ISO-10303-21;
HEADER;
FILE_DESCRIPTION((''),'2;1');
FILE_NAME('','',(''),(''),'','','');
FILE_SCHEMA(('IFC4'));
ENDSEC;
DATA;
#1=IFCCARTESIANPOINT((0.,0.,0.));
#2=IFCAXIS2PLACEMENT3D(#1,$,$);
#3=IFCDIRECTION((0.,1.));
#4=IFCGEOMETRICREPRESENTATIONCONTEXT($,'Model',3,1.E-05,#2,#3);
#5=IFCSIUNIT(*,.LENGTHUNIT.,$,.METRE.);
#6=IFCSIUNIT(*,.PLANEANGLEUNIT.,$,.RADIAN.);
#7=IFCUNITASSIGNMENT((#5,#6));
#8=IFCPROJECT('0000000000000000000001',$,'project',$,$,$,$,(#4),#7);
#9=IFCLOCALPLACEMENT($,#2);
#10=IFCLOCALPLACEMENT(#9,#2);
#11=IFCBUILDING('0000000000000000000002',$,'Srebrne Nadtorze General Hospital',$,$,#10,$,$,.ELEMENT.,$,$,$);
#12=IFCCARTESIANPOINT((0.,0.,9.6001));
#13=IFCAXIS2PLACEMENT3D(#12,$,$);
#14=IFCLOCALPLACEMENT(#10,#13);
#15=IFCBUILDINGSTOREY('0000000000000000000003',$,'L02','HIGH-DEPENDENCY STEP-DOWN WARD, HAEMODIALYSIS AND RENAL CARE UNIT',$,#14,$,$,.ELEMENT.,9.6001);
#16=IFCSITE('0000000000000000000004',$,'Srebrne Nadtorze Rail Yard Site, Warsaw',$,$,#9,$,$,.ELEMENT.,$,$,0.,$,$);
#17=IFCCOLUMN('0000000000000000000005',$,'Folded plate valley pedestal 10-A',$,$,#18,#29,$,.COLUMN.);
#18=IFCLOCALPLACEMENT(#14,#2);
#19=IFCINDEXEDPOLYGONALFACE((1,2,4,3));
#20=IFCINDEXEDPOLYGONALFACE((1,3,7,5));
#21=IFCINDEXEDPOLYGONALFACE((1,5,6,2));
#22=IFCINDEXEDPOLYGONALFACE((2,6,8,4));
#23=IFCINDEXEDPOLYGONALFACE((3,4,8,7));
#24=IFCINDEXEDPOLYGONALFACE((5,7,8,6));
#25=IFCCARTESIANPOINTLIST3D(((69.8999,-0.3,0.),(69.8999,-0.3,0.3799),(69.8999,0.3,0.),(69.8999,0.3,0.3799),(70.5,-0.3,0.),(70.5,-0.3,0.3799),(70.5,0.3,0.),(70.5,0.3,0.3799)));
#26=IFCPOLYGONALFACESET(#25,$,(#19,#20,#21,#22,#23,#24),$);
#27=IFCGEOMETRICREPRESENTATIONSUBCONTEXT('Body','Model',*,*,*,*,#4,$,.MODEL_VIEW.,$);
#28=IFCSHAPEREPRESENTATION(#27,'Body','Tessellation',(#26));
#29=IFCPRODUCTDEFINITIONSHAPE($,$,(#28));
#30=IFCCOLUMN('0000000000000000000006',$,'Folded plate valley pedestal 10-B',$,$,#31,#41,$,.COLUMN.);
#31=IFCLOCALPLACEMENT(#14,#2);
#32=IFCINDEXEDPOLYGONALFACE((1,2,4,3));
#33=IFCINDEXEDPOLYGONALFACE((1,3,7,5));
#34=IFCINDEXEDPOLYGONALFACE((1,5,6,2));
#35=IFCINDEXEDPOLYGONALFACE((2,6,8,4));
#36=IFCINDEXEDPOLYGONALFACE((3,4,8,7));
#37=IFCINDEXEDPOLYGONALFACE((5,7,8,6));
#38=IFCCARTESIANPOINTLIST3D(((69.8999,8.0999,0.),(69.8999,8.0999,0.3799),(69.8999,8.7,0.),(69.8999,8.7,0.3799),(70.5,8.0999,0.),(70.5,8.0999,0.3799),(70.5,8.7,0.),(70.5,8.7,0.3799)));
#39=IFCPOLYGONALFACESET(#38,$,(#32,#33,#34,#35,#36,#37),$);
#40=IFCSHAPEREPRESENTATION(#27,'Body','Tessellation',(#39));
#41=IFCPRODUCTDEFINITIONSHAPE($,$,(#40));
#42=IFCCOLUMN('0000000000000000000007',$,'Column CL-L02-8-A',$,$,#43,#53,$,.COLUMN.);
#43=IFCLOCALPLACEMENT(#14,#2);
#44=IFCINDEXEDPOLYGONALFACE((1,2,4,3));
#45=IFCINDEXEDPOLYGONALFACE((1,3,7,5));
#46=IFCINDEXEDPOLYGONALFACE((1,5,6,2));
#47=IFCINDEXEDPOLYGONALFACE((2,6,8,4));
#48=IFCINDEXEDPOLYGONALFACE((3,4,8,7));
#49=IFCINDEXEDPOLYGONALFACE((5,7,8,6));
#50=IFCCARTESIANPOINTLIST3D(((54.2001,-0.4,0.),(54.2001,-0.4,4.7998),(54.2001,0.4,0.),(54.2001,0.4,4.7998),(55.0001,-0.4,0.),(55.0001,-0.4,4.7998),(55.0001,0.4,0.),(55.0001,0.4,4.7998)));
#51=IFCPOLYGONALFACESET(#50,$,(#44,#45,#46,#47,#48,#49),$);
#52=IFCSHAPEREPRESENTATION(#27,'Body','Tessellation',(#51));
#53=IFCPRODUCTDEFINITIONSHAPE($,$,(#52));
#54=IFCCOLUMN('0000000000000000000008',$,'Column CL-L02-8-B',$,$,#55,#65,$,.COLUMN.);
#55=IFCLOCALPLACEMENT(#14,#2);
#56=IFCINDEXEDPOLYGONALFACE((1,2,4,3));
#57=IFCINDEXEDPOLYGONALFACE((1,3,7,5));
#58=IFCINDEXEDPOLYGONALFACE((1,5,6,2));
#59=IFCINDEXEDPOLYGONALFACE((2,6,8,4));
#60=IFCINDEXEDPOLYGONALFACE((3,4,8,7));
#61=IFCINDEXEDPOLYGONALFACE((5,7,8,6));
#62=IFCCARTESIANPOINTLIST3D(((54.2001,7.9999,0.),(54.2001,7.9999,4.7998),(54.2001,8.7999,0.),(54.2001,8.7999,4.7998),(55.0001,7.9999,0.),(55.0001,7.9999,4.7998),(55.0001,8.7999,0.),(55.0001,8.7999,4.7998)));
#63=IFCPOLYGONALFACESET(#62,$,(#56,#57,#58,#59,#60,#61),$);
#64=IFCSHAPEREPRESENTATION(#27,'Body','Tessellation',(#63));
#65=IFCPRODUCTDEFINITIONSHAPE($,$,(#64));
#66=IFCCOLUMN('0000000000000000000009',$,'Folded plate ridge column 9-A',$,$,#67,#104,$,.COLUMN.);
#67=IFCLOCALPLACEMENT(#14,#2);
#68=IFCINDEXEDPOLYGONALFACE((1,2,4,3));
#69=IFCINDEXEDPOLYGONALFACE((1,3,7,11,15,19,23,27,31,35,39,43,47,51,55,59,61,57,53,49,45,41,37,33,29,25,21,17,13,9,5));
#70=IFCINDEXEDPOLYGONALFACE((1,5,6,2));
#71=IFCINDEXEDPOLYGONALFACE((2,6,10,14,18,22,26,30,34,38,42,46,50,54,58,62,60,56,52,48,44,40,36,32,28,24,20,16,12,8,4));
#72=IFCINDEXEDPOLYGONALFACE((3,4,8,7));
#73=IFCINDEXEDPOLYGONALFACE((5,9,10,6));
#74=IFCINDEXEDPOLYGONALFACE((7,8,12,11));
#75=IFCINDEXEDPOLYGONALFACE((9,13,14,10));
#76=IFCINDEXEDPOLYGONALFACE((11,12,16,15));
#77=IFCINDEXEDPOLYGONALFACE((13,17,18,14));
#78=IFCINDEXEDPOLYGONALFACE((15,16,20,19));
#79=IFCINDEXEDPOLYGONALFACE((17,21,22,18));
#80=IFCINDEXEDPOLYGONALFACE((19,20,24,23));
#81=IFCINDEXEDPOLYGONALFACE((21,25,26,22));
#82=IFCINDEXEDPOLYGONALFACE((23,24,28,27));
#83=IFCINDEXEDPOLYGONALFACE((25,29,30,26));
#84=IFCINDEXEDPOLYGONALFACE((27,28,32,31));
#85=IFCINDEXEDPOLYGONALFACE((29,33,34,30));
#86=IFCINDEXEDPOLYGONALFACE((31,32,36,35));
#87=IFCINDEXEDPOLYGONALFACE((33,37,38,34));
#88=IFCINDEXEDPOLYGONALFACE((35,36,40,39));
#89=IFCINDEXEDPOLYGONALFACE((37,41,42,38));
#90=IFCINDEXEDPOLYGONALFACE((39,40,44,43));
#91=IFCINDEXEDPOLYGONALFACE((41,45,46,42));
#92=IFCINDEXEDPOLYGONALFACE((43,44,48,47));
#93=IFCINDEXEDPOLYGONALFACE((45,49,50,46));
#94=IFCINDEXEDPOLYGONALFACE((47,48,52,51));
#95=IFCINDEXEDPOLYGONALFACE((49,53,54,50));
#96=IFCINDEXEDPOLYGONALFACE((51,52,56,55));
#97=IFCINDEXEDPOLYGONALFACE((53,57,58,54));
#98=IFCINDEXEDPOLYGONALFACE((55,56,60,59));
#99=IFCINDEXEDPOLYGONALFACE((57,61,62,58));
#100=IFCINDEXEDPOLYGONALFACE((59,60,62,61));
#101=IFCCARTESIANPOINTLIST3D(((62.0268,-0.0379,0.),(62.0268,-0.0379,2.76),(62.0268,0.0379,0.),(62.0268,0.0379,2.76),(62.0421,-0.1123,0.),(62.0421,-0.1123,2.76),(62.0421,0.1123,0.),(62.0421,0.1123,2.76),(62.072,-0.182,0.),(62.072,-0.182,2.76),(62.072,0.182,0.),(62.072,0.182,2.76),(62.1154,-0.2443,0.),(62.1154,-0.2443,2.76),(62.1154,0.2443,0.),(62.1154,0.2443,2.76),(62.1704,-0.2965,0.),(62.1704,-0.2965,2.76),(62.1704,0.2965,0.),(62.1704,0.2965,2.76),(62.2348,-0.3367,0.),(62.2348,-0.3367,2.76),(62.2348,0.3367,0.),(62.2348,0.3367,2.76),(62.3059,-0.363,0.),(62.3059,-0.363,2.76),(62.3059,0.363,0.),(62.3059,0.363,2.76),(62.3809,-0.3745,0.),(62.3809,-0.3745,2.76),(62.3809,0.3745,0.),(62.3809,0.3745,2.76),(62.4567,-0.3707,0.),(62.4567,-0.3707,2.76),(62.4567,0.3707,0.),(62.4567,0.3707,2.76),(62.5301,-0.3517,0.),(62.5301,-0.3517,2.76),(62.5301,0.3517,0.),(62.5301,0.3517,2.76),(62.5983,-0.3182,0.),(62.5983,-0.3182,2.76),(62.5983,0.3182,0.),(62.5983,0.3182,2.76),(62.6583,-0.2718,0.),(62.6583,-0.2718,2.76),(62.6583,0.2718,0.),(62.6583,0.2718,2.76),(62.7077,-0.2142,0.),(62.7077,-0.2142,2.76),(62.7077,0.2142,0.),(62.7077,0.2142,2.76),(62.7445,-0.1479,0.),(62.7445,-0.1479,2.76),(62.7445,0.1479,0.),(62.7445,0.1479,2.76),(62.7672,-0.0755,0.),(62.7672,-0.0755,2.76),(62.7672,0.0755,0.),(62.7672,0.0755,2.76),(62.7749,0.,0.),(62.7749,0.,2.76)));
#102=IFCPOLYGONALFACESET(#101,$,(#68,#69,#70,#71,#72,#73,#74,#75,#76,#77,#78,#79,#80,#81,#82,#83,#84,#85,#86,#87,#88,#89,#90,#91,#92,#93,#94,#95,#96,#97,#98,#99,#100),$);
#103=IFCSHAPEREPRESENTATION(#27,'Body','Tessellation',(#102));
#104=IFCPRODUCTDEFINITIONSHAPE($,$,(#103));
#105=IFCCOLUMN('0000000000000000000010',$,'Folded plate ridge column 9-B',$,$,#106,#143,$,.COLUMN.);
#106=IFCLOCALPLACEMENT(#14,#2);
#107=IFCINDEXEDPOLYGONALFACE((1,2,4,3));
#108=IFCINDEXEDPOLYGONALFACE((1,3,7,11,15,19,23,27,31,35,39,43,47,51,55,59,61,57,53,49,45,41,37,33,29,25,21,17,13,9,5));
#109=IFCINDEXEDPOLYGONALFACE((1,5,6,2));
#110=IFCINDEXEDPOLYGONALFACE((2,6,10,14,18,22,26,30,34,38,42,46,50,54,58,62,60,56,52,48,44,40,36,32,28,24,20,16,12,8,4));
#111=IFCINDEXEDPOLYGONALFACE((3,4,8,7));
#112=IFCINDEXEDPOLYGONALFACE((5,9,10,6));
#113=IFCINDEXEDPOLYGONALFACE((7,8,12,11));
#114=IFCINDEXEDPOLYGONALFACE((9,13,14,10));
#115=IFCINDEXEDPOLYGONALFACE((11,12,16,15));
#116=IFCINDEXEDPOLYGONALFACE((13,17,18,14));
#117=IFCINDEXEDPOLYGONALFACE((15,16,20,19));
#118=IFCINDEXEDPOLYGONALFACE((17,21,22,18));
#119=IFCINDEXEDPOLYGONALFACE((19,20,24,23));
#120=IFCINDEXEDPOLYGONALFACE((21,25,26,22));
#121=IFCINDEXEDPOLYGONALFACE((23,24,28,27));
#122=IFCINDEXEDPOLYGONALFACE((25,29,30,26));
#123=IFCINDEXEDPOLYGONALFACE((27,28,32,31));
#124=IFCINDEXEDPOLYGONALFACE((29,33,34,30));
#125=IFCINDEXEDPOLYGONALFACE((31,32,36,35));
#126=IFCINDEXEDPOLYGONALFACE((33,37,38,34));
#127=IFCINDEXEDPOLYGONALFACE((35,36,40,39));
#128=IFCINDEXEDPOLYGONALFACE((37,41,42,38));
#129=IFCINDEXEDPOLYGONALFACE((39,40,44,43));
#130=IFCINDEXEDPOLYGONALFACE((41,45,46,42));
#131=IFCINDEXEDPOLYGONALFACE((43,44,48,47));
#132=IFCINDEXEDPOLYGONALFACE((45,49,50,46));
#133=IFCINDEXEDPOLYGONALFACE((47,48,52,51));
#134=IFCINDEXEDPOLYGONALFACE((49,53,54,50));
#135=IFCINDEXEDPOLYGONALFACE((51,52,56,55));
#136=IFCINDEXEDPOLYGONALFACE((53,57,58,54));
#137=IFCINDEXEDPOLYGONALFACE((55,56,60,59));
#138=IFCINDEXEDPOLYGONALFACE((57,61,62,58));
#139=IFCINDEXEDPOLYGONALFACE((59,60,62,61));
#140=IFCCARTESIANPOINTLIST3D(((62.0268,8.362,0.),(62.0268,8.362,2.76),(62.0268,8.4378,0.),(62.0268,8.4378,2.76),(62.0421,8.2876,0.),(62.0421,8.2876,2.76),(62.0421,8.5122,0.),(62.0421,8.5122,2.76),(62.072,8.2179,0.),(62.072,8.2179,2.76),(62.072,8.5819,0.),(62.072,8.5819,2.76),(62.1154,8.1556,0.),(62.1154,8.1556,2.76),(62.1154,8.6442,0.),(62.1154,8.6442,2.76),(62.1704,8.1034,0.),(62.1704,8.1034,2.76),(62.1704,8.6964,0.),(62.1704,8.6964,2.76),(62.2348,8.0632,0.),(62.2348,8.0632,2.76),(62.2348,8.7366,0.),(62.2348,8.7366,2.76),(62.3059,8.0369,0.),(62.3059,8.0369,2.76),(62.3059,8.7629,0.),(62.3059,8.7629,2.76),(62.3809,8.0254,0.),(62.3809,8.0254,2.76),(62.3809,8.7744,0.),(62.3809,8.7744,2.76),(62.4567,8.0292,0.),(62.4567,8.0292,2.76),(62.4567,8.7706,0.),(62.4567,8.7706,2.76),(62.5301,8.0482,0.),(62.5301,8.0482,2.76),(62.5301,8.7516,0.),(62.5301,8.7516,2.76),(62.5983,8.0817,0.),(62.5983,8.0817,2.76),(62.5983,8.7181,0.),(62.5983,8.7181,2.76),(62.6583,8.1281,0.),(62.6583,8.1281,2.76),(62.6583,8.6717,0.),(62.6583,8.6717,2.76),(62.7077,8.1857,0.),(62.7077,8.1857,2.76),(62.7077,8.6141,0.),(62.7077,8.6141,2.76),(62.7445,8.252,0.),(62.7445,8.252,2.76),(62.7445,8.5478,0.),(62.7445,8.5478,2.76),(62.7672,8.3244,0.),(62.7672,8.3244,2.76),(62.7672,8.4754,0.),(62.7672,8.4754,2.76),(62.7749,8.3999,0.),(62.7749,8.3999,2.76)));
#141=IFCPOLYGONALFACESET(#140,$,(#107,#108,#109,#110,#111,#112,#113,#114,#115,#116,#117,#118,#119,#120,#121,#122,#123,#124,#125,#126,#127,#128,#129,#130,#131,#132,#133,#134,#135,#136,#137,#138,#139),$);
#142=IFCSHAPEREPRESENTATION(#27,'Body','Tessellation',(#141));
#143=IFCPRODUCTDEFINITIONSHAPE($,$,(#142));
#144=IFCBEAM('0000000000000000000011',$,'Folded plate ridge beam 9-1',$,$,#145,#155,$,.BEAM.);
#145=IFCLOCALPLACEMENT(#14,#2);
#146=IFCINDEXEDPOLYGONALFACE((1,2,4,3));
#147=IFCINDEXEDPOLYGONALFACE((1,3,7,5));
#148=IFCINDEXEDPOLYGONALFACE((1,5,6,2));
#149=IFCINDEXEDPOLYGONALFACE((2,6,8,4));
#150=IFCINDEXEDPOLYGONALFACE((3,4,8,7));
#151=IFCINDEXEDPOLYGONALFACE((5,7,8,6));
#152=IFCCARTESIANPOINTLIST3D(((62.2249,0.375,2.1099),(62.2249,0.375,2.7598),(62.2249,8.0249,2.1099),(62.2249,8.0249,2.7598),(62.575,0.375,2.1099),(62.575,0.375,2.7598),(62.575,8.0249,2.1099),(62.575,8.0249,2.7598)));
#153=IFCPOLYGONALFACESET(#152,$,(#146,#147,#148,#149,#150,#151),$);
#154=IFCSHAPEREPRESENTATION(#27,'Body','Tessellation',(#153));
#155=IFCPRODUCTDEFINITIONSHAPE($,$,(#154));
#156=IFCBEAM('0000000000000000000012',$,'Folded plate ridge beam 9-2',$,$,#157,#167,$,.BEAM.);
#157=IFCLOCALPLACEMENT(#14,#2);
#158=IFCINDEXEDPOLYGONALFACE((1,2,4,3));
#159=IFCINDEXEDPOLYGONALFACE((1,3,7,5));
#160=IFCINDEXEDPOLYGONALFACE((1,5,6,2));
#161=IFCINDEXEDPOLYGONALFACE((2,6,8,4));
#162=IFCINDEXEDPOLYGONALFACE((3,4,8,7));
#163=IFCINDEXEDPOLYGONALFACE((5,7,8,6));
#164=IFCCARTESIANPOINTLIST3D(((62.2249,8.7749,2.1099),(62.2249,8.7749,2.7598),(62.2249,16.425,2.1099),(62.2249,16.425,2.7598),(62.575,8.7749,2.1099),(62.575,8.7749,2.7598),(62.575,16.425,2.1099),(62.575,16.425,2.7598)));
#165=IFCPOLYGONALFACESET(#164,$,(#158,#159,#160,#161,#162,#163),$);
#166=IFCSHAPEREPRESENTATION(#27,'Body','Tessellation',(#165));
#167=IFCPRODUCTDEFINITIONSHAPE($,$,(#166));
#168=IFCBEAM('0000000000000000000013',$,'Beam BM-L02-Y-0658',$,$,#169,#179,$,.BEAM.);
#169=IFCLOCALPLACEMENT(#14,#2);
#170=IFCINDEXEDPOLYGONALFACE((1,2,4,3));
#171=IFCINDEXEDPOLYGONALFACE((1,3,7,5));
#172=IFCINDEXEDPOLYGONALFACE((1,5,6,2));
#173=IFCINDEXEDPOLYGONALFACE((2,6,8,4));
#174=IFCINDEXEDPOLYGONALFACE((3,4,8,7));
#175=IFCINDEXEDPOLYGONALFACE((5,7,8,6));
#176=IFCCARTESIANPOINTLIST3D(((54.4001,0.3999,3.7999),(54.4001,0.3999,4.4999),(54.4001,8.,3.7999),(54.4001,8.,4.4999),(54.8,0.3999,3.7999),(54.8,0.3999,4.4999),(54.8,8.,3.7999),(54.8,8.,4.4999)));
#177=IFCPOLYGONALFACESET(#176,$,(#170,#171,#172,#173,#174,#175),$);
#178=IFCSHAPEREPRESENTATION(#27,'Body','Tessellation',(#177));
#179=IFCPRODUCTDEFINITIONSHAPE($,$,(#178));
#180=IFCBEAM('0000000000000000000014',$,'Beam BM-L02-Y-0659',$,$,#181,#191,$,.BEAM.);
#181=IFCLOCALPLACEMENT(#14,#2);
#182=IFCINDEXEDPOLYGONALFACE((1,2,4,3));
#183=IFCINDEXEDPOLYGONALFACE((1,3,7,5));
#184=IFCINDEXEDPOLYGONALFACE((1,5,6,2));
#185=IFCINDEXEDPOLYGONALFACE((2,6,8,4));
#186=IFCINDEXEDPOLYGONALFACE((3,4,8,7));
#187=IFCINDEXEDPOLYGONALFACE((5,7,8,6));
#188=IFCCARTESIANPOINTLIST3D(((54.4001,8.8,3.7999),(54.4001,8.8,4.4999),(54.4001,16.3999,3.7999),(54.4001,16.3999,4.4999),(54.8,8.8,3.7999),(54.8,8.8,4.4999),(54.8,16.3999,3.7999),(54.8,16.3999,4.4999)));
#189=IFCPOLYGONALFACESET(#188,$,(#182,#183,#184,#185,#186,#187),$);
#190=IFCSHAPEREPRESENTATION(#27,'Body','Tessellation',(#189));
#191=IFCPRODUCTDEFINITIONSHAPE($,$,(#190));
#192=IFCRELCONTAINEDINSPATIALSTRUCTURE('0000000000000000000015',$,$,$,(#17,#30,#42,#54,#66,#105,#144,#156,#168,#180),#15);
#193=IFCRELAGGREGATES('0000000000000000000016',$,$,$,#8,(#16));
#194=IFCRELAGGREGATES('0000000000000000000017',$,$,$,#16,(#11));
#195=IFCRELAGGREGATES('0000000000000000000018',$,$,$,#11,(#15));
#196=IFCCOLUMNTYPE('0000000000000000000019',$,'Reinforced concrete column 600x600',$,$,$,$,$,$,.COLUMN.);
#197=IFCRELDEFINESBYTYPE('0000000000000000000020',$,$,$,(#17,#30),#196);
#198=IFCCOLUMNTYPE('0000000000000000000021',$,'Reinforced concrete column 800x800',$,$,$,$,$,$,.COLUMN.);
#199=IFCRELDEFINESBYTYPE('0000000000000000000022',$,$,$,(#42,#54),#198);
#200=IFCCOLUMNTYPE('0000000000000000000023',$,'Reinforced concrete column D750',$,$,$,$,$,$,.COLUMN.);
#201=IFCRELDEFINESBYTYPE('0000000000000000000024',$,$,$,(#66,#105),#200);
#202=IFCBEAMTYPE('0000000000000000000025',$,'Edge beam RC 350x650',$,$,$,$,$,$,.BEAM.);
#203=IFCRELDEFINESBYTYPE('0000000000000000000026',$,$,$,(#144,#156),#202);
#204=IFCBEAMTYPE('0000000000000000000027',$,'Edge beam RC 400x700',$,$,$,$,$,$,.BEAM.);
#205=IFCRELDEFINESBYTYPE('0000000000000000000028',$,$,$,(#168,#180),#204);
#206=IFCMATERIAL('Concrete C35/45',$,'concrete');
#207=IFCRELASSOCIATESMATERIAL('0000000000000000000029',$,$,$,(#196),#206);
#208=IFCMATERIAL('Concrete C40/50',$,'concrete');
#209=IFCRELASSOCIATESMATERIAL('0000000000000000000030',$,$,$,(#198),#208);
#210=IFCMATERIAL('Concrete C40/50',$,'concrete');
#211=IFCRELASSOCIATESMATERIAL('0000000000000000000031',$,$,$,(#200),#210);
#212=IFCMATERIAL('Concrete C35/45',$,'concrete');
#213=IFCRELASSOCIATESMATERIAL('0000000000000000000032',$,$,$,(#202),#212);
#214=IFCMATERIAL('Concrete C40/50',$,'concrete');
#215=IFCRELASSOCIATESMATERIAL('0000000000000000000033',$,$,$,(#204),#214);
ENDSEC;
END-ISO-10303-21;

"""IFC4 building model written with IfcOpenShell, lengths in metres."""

from ifc_helpers import new_model, si_unit, direction, frame, origin, origin_2d, place, context, subcontext, project, spatial, rectangle, circle, extrude, material, material_profile, profile_set, type_object, element, save


model = new_model("IFC4")

# Units and contexts
model_context = context("Model", 3, precision=1e-05, world=origin(), true_north=direction((0.0, 1.0)))
body_context = subcontext(model_context, "Body", "Model", "MODEL_VIEW")
ifc_project = project(units=[si_unit("LENGTHUNIT", "METRE"), si_unit("PLANEANGLEUNIT", "RADIAN")], contexts=[model_context])

# Site, building, storey
site_placement = place(None, origin())
site = spatial("IfcSite", under=ifc_project, at=site_placement, Name="Srebrne Nadtorze Rail Yard Site, Warsaw", CompositionType="ELEMENT", RefElevation=0.0)
building_placement = place(site_placement, origin())
building = spatial("IfcBuilding", under=site, at=building_placement, Name="Srebrne Nadtorze General Hospital", CompositionType="ELEMENT")
storey_placement = place(building_placement, frame((0.0, 0.0, 9.6001)))
storey = spatial("IfcBuildingStorey", under=building, at=storey_placement, Name="L02", Description="HIGH-DEPENDENCY STEP-DOWN WARD, HAEMODIALYSIS AND RENAL CARE UNIT", CompositionType="ELEMENT", Elevation=9.6001)

# Columns
ifc_material_1 = material(Name="Concrete C35/45", Category="concrete")
ifc_material_profile_1 = material_profile(ifc_material_1, rectangle(XDim=0.6001, YDim=0.6001, at=origin_2d()), Name="RC-COL-600x600")
ifc_profile_set_1 = profile_set([ifc_material_profile_1], Name="Concrete C35/45")
column_type_1 = type_object("IfcColumnType", Name="Reinforced concrete column 600x600", PredefinedType="COLUMN", material=ifc_profile_set_1)
for number, where, z_axis, x_axis, name in (
    (1, (70.2, 0.0, 0.0), (0.0, 0.0, 1.0), (1.0, 0.0, 0.0), "Folded plate valley pedestal 10-A"),
    (2, (70.2, 8.3999, 0.0), (0.0, 0.0, 1.0), (1.0, 0.0, 0.0), "Folded plate valley pedestal 10-B"),
):
    element("IfcColumn", number, at=place(storey_placement, frame(where, z_axis=z_axis, x_axis=x_axis)), inside=storey, type_object=column_type_1, Name=name, PredefinedType="COLUMN", context=body_context, shape_type="SweptSolid", body=[
        extrude(rectangle(XDim=0.6001, YDim=0.6001, at=origin_2d()), origin(), (0.0, 0.0, 1.0), 0.3799),
    ])
ifc_material_2 = material(Name="Concrete C40/50", Category="concrete")
ifc_material_profile_2 = material_profile(ifc_material_2, rectangle(XDim=0.8, YDim=0.8, at=origin_2d()), Name="RC-COL-800x800")
ifc_profile_set_2 = profile_set([ifc_material_profile_2], Name="Concrete C40/50")
column_type_2 = type_object("IfcColumnType", Name="Reinforced concrete column 800x800", PredefinedType="COLUMN", material=ifc_profile_set_2)
for number, where, z_axis, x_axis, name in (
    (3, (54.6001, 0.0, 0.0), (0.0, 0.0, 1.0), (1.0, 0.0, 0.0), "Column CL-L02-8-A"),
    (4, (54.6001, 8.3999, 0.0), (0.0, 0.0, 1.0), (1.0, 0.0, 0.0), "Column CL-L02-8-B"),
):
    element("IfcColumn", number, at=place(storey_placement, frame(where, z_axis=z_axis, x_axis=x_axis)), inside=storey, type_object=column_type_2, Name=name, PredefinedType="COLUMN", context=body_context, shape_type="SweptSolid", body=[
        extrude(rectangle(XDim=0.8, YDim=0.8, at=origin_2d()), origin(), (0.0, 0.0, 1.0), 4.7998),
    ])
ifc_material_3 = material(Name="Concrete C40/50", Category="concrete")
ifc_material_profile_3 = material_profile(ifc_material_3, circle(Radius=0.375, at=origin_2d()), Name="RC-COL-D750")
ifc_profile_set_3 = profile_set([ifc_material_profile_3], Name="Concrete C40/50")
column_type_3 = type_object("IfcColumnType", Name="Reinforced concrete column D750", PredefinedType="COLUMN", material=ifc_profile_set_3)
for number, where, z_axis, x_axis, name in (
    (5, (62.3999, 0.0, 0.0), (0.0, 0.0, 1.0), (1.0, 0.0, 0.0), "Folded plate ridge column 9-A"),
    (6, (62.3999, 8.3999, 0.0), (0.0, 0.0, 1.0), (1.0, 0.0, 0.0), "Folded plate ridge column 9-B"),
):
    element("IfcColumn", number, at=place(storey_placement, frame(where, z_axis=z_axis, x_axis=x_axis)), inside=storey, type_object=column_type_3, Name=name, PredefinedType="COLUMN", context=body_context, shape_type="SweptSolid", body=[
        extrude(circle(Radius=0.375, at=origin_2d()), origin(), (0.0, 0.0, 1.0), 2.76),
    ])

# Beams
ifc_material_4 = material(Name="Concrete C35/45", Category="concrete")
ifc_material_profile_4 = material_profile(ifc_material_4, rectangle(XDim=0.3501, YDim=0.6499, at=origin_2d()), Name="RC-BM-350x650")
ifc_profile_set_4 = profile_set([ifc_material_profile_4], Name="Concrete C35/45")
beam_type_1 = type_object("IfcBeamType", Name="Edge beam RC 350x650", PredefinedType="BEAM", material=ifc_profile_set_4)
beam_1_placement = place(storey_placement, frame((62.3999, 0.375, 2.4348), z_axis=(0.0, 1.0, 0.0), x_axis=(-1.0, 0.0, 0.0)))
element("IfcBeam", 7, at=beam_1_placement, inside=storey, type_object=beam_type_1, Name="Folded plate ridge beam 9-1", PredefinedType="BEAM", context=body_context, shape_type="SweptSolid", body=[
    extrude(rectangle(XDim=0.3501, YDim=0.6499, at=origin_2d()), origin(), (0.0, 0.0, 1.0), 7.6499),
])
beam_2_placement = place(storey_placement, frame((62.3999, 8.7749, 2.4348), z_axis=(0.0, 1.0, 0.0), x_axis=(-1.0, 0.0, 0.0)))
element("IfcBeam", 8, at=beam_2_placement, inside=storey, type_object=beam_type_1, Name="Folded plate ridge beam 9-2", PredefinedType="BEAM", context=body_context, shape_type="SweptSolid", body=[
    extrude(rectangle(XDim=0.3501, YDim=0.6499, at=origin_2d()), origin(), (0.0, 0.0, 1.0), 7.6501),
])
ifc_material_5 = material(Name="Concrete C40/50", Category="concrete")
ifc_material_profile_5 = material_profile(ifc_material_5, rectangle(XDim=0.3999, YDim=0.7, at=origin_2d()), Name="RC-BM-400x700")
ifc_profile_set_5 = profile_set([ifc_material_profile_5], Name="Concrete C40/50")
beam_type_2 = type_object("IfcBeamType", Name="Edge beam RC 400x700", PredefinedType="BEAM", material=ifc_profile_set_5)
beam_3_placement = place(storey_placement, frame((54.6001, 0.3999, 4.1499), z_axis=(0.0, 1.0, 0.0), x_axis=(-1.0, 0.0, 0.0)))
element("IfcBeam", 9, at=beam_3_placement, inside=storey, type_object=beam_type_2, Name="Beam BM-L02-Y-0658", PredefinedType="BEAM", context=body_context, shape_type="SweptSolid", body=[
    extrude(rectangle(XDim=0.3999, YDim=0.7, at=origin_2d()), origin(), (0.0, 0.0, 1.0), 7.6001),
])
beam_4_placement = place(storey_placement, frame((54.6001, 8.8, 4.1499), z_axis=(0.0, 1.0, 0.0), x_axis=(-1.0, 0.0, 0.0)))
element("IfcBeam", 10, at=beam_4_placement, inside=storey, type_object=beam_type_2, Name="Beam BM-L02-Y-0659", PredefinedType="BEAM", context=body_context, shape_type="SweptSolid", body=[
    extrude(rectangle(XDim=0.3999, YDim=0.7, at=origin_2d()), origin(), (0.0, 0.0, 1.0), 7.5999),
])

save(model, "model.ifc")
